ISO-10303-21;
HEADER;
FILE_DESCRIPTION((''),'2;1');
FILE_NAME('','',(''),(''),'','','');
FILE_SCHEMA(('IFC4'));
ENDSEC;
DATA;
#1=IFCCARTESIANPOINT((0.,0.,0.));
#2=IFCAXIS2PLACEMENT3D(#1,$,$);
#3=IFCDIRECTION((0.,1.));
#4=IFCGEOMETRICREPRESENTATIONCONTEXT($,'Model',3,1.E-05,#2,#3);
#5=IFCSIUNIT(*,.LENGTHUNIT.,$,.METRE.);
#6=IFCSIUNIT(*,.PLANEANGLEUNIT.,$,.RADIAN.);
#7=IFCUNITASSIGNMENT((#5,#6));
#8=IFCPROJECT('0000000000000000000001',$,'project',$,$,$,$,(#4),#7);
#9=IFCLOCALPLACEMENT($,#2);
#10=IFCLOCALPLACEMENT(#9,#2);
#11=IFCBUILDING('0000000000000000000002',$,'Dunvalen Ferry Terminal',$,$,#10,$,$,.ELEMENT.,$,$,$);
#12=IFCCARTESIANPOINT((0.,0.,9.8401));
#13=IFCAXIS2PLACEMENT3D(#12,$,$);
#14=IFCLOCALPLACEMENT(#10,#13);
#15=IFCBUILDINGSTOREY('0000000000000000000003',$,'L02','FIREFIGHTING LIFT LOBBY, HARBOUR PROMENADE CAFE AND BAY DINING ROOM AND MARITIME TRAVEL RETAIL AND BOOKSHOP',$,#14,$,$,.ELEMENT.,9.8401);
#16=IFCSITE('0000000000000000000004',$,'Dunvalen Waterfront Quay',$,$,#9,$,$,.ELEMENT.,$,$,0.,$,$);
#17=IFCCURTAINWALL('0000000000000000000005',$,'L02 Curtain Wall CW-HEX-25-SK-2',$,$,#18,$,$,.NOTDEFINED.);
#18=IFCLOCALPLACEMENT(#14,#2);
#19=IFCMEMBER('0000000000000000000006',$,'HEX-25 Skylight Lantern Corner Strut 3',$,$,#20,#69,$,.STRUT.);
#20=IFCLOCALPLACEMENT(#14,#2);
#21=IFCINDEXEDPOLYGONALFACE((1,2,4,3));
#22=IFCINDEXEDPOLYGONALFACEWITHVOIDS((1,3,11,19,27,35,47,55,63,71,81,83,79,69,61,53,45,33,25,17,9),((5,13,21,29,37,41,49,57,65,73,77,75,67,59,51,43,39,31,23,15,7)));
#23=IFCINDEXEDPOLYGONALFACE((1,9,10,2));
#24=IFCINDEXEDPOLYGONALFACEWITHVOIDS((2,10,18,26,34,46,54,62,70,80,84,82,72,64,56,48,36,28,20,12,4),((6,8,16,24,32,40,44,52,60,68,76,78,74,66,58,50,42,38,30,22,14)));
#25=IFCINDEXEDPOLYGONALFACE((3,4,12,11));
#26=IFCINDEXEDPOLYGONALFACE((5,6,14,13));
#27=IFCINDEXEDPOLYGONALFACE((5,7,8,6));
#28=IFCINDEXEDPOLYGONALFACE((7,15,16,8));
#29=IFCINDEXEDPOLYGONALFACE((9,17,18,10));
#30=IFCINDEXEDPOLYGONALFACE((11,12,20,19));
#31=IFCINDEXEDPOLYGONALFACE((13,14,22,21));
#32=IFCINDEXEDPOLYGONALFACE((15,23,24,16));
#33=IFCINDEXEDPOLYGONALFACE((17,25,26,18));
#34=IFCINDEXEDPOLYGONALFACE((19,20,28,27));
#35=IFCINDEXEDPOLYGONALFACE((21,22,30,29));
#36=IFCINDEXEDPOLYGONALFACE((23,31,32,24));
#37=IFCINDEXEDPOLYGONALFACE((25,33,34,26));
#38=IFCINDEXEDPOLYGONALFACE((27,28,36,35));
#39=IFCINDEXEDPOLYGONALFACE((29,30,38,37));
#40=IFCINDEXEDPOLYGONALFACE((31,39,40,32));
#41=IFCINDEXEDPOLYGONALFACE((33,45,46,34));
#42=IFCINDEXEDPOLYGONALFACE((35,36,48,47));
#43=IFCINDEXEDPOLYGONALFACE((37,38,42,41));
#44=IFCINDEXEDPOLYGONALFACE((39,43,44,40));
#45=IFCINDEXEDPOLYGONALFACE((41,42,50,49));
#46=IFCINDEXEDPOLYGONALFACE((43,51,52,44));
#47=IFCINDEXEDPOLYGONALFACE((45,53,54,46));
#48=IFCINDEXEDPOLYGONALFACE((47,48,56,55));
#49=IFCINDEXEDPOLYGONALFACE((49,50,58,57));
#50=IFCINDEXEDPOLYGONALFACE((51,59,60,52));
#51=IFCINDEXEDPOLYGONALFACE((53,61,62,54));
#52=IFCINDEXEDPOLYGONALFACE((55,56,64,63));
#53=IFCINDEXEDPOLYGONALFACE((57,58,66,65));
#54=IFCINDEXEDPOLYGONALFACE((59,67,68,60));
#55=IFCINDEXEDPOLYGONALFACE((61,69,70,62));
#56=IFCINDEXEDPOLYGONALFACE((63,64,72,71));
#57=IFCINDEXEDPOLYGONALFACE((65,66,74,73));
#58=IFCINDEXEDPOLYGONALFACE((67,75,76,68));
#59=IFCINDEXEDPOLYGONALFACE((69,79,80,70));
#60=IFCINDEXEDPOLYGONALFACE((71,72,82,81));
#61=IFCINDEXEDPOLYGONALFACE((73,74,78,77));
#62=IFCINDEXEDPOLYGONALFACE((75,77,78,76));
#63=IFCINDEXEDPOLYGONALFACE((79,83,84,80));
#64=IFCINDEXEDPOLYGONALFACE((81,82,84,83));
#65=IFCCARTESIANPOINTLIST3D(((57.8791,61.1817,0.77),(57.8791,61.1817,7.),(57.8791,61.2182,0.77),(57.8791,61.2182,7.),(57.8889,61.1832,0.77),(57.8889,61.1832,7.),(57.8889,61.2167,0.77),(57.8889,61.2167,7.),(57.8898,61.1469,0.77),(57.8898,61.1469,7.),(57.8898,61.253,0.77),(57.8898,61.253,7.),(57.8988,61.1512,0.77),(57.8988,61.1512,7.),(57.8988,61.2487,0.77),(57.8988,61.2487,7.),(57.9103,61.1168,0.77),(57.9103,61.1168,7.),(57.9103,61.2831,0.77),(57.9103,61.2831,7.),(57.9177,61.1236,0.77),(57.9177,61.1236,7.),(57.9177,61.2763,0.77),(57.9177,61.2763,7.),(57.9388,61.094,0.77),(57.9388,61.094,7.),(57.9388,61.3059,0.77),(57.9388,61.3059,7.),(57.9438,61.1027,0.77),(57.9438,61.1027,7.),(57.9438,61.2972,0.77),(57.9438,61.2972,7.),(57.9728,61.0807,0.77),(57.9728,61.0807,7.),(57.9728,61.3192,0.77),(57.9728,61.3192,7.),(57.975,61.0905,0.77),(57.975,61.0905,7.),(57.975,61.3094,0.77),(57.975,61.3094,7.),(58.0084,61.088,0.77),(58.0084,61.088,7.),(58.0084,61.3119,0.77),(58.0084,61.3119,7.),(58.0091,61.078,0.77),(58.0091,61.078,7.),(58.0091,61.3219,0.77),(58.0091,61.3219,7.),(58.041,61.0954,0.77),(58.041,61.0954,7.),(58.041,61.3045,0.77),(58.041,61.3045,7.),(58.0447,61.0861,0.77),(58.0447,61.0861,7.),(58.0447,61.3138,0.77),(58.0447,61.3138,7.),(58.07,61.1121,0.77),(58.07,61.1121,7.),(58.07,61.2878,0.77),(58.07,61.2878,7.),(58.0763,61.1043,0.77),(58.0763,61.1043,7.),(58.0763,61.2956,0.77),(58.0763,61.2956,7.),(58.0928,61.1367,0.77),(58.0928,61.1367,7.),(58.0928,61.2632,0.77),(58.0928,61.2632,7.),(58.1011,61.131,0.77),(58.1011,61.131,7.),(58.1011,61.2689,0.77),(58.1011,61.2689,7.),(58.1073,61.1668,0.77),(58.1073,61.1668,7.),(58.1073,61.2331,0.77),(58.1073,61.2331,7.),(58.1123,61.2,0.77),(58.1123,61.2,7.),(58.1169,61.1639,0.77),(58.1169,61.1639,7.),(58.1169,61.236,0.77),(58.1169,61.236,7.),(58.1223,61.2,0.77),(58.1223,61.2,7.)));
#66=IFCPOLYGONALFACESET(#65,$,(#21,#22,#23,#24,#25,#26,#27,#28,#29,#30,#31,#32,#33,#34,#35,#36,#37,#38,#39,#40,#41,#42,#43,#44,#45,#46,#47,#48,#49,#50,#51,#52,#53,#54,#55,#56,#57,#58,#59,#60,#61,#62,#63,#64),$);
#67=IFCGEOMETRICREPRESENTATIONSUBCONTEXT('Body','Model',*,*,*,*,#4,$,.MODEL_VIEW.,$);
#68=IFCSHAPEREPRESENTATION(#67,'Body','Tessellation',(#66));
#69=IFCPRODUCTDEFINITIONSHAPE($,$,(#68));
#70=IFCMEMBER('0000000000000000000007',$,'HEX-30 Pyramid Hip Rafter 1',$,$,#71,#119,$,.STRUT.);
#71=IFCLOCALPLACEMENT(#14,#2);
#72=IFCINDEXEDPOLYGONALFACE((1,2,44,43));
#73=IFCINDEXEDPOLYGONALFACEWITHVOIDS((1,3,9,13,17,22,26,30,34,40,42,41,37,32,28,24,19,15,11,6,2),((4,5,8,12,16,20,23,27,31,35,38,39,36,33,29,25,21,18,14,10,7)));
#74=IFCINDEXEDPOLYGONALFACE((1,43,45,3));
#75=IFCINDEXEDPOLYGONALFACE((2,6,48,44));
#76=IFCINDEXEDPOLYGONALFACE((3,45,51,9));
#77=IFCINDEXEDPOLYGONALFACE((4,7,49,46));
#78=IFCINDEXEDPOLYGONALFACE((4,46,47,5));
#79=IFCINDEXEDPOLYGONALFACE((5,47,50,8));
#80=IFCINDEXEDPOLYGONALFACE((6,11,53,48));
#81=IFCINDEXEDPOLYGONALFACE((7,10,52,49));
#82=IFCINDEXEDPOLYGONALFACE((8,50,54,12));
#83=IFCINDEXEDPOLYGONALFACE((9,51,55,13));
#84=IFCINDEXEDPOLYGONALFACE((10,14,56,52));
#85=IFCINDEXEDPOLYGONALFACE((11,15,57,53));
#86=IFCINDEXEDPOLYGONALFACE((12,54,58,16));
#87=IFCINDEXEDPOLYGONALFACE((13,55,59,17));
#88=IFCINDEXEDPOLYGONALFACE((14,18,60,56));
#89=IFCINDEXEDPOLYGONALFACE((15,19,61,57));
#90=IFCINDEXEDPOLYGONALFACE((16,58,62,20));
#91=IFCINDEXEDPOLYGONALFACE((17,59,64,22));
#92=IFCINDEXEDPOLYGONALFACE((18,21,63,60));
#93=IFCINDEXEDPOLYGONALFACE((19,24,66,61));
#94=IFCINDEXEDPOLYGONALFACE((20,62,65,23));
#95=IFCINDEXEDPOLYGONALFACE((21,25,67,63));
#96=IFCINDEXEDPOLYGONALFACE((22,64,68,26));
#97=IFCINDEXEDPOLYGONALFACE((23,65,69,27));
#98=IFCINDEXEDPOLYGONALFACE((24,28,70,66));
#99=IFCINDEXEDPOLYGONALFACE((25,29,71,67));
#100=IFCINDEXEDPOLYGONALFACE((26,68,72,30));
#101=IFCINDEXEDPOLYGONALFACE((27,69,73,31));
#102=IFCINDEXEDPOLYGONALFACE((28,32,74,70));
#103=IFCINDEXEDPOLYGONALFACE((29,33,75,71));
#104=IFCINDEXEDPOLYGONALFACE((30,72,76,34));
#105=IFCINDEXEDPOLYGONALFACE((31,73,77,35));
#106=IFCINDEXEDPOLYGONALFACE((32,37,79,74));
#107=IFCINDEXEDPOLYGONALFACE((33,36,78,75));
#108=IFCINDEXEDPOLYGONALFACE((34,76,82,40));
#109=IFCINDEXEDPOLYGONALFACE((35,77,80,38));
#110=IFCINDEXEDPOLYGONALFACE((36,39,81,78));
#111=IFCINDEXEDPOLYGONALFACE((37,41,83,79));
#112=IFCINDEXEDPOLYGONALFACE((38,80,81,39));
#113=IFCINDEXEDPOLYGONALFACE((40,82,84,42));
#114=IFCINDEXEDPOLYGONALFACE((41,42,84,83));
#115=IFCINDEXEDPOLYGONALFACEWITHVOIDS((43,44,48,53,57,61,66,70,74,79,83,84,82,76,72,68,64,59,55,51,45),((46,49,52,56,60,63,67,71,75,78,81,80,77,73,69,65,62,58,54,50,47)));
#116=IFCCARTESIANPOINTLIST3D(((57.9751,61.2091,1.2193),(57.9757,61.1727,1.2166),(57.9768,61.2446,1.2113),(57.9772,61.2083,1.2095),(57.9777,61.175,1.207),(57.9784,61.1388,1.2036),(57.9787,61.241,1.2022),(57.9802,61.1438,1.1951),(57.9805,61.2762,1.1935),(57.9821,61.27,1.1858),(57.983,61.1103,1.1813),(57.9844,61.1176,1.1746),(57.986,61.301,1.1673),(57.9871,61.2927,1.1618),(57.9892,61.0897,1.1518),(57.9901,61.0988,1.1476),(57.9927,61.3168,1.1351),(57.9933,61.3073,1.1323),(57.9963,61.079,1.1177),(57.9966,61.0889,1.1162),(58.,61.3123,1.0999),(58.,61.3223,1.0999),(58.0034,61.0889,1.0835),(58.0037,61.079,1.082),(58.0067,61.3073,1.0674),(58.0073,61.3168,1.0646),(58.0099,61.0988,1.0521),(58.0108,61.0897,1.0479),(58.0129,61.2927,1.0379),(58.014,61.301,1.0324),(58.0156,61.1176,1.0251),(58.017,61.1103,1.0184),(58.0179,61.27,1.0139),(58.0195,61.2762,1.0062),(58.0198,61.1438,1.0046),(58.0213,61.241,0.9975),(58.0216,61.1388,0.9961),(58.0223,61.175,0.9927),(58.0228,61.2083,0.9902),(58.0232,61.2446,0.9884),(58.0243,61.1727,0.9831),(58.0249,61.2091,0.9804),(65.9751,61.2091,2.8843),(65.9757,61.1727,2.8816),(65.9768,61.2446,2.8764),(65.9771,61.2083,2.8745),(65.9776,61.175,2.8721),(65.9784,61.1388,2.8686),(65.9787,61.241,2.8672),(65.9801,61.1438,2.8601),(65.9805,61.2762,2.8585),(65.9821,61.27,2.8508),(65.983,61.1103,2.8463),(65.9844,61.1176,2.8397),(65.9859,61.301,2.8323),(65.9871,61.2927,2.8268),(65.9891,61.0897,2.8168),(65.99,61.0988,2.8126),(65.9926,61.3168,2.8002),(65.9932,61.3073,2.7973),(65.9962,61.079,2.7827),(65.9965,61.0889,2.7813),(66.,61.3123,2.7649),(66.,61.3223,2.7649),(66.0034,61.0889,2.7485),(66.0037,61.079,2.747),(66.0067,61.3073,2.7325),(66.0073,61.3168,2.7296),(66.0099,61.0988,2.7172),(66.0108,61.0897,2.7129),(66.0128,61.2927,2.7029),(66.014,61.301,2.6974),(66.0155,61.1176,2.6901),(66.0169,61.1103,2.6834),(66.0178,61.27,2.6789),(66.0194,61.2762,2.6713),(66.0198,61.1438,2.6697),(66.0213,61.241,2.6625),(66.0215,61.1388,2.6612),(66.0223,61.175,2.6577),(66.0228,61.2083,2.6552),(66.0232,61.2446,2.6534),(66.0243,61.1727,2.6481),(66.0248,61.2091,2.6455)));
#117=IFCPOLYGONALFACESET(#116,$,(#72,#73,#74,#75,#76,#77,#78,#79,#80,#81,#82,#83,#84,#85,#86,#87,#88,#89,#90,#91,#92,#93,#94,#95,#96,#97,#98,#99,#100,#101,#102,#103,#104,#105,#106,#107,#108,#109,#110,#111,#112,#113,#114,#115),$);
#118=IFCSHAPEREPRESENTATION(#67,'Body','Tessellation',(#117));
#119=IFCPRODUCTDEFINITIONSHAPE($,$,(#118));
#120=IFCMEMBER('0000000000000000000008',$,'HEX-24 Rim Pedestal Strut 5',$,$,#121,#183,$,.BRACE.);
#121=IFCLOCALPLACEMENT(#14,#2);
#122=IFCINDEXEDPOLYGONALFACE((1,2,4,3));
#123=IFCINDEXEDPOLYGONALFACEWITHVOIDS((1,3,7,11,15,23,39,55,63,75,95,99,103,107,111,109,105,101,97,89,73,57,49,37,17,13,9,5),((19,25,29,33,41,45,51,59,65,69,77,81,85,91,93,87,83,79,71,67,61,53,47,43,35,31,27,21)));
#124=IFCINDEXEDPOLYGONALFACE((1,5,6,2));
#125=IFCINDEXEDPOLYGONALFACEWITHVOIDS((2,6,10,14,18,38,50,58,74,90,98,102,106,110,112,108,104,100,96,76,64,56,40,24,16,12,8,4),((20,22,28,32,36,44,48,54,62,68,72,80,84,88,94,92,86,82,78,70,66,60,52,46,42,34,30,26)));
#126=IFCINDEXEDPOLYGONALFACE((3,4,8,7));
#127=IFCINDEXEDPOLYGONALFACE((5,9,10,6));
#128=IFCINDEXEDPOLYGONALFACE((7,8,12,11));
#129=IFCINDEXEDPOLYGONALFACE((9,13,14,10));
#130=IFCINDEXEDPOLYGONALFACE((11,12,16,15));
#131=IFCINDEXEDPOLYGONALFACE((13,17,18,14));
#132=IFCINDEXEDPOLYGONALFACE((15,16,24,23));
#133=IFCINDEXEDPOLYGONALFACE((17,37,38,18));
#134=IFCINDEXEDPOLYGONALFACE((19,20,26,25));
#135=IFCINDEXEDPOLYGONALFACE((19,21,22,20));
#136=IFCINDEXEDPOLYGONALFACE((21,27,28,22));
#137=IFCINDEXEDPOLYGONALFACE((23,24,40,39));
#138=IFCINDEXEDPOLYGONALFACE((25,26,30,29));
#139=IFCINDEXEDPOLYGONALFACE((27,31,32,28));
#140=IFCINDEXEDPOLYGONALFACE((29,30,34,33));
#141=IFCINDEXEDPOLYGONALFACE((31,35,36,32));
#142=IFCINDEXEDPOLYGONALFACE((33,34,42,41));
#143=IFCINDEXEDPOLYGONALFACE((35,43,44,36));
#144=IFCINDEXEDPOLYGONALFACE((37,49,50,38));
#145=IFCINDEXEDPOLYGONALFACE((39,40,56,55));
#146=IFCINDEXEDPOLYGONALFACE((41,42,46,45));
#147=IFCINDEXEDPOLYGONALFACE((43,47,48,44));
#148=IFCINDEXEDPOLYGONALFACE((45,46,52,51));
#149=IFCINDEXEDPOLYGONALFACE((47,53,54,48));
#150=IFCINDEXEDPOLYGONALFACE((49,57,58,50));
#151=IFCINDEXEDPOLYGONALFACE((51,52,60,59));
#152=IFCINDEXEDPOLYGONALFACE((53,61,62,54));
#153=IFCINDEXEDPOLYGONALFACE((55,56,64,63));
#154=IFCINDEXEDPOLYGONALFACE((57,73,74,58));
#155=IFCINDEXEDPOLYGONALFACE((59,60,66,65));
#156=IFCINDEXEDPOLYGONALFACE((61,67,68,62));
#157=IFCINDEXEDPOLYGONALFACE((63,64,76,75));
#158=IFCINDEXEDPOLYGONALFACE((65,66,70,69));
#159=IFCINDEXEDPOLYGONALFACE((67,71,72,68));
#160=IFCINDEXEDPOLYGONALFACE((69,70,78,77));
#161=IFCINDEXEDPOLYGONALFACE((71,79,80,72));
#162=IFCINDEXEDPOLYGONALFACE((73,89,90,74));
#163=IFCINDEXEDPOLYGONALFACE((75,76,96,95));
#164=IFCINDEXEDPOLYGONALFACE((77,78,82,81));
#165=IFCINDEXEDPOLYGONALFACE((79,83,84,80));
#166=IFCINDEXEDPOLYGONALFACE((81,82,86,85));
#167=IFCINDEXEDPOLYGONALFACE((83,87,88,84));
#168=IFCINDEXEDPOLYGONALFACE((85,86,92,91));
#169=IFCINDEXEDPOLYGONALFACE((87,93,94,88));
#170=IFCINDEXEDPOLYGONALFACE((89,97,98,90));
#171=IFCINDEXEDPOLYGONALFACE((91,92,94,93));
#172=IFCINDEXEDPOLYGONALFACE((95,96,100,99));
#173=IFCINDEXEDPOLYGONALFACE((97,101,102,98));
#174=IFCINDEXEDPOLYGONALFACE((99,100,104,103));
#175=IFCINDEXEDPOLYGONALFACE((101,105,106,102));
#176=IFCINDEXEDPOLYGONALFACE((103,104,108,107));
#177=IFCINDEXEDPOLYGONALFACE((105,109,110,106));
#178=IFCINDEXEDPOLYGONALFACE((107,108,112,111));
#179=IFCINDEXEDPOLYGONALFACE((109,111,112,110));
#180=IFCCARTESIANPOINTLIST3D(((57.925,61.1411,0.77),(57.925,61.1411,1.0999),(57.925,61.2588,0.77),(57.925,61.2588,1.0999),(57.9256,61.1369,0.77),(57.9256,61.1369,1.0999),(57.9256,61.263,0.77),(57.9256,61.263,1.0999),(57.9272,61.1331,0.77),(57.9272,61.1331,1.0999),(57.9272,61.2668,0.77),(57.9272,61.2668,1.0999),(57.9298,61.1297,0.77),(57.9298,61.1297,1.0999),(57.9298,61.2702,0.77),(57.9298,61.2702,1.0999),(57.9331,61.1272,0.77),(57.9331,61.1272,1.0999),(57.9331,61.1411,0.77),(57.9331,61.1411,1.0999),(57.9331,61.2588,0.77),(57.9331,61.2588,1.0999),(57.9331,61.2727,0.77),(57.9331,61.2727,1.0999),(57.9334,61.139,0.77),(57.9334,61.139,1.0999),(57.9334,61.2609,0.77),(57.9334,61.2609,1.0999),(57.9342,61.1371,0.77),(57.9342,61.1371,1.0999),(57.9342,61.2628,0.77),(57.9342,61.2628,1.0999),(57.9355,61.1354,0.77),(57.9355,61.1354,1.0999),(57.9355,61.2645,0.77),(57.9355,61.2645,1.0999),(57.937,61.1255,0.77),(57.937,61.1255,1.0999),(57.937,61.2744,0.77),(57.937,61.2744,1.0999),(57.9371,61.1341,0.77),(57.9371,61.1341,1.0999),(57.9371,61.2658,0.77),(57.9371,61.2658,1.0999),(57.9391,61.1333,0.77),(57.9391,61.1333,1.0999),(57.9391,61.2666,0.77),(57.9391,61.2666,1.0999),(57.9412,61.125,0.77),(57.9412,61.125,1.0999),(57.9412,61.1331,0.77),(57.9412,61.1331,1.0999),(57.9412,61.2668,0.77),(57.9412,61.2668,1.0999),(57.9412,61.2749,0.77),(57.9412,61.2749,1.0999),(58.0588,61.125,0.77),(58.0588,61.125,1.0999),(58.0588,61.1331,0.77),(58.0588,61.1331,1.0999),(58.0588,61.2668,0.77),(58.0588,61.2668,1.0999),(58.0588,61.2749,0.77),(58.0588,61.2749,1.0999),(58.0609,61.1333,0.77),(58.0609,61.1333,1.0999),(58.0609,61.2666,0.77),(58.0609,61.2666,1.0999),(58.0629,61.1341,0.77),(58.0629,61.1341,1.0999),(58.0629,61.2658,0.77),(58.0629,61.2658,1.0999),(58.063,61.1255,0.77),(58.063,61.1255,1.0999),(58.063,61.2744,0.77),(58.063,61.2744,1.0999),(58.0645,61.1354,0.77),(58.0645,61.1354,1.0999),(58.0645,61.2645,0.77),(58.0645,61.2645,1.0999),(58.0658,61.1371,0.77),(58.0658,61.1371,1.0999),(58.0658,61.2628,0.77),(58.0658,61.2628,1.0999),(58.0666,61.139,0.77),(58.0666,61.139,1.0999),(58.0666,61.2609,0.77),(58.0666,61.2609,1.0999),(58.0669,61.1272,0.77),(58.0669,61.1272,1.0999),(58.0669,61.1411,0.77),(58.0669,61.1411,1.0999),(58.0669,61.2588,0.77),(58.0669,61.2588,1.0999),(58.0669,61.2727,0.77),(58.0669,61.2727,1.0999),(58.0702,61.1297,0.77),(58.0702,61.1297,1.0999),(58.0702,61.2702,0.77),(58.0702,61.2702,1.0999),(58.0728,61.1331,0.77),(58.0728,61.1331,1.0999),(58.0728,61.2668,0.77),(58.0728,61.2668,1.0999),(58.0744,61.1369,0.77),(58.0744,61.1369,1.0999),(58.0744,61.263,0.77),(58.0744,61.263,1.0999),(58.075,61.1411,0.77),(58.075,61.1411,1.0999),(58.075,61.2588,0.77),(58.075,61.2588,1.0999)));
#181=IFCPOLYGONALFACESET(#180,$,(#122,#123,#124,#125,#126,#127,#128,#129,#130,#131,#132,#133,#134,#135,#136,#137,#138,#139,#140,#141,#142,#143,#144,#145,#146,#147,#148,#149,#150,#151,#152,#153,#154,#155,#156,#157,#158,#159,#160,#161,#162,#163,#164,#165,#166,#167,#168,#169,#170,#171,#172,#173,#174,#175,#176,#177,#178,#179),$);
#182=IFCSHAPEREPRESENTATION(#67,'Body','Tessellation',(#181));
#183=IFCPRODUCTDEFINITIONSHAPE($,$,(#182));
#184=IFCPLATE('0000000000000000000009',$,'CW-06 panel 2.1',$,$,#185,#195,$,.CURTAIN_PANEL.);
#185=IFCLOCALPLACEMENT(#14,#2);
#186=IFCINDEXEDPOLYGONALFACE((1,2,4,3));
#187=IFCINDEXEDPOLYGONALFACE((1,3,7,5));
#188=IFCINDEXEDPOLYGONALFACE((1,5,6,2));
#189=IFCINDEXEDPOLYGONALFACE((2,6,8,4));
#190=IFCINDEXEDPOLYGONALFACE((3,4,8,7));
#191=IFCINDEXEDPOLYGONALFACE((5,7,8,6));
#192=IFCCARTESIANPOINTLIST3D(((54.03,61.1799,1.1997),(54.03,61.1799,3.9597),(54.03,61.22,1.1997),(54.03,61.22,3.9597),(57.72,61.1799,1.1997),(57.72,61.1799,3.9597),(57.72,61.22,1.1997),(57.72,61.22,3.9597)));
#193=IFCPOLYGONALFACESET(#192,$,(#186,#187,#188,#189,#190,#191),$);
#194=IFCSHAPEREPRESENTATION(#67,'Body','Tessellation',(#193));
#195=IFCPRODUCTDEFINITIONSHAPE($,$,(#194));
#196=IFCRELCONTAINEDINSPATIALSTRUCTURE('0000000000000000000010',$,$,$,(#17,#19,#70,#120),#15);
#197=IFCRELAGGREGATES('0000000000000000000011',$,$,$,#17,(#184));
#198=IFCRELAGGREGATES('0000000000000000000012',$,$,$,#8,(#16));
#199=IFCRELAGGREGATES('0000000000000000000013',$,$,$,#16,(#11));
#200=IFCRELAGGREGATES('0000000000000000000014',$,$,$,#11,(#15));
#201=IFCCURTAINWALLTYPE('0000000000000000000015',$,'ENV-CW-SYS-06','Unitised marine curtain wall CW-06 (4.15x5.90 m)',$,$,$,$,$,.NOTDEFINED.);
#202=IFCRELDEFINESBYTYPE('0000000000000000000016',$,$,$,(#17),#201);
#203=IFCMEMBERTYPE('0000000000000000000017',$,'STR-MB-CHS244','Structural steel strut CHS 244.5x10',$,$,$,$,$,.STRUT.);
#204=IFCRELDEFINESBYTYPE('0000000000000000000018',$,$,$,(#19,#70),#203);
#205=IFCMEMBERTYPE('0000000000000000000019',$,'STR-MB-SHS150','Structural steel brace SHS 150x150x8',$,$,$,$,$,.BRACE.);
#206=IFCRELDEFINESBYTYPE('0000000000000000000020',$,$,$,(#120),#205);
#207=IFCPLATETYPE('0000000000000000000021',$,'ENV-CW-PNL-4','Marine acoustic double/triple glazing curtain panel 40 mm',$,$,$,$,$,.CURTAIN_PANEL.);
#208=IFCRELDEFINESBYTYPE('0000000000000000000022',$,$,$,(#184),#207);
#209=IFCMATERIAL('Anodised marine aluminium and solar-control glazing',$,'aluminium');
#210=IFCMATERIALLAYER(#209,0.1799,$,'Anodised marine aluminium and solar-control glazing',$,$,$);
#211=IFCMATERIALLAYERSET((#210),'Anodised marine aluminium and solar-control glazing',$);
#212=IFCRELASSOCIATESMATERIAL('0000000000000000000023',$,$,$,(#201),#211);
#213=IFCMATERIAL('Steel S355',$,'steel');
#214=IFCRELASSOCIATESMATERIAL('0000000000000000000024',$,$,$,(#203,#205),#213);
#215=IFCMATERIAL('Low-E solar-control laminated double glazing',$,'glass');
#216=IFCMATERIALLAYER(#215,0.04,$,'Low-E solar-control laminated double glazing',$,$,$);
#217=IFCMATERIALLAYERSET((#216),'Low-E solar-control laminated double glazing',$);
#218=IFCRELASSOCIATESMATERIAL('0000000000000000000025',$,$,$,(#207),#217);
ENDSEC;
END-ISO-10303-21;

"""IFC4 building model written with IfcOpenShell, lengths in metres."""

from ifc_helpers import new_model, si_unit, direction, frame, origin, origin_2d, place, context, subcontext, project, spatial, rectangle, hollow_rectangle, hollow_circle, extrude, material, layer, layer_set, material_profile, profile_set, type_object, element, aggregate, save


model = new_model("IFC4")

# Units and contexts
model_context = context("Model", 3, precision=1e-05, world=origin(), true_north=direction((0.0, 1.0)))
body_context = subcontext(model_context, "Body", "Model", "MODEL_VIEW")
ifc_project = project(units=[si_unit("LENGTHUNIT", "METRE"), si_unit("PLANEANGLEUNIT", "RADIAN")], contexts=[model_context])

# Site, building, storey
site_placement = place(None, origin())
site = spatial("IfcSite", under=ifc_project, at=site_placement, Name="Dunvalen Waterfront Quay", CompositionType="ELEMENT", RefElevation=0.0)
building_placement = place(site_placement, origin())
building = spatial("IfcBuilding", under=site, at=building_placement, Name="Dunvalen Ferry Terminal", CompositionType="ELEMENT")
storey_placement = place(building_placement, frame((0.0, 0.0, 9.8401)))
storey = spatial("IfcBuildingStorey", under=building, at=storey_placement, Name="L02", Description="FIREFIGHTING LIFT LOBBY, HARBOUR PROMENADE CAFE AND BAY DINING ROOM AND MARITIME TRAVEL RETAIL AND BOOKSHOP", CompositionType="ELEMENT", Elevation=9.8401)

# Curtain wall
ifc_material_1 = material(Name="Anodised marine aluminium and solar-control glazing", Category="aluminium")
ifc_layer_1 = layer(ifc_material_1, 0.1799, Name="Anodised marine aluminium and solar-control glazing")
ifc_layer_set_1 = layer_set([ifc_layer_1], Name="Anodised marine aluminium and solar-control glazing")
curtain_wall_type_1 = type_object("IfcCurtainWallType", Name="ENV-CW-SYS-06", Description="Unitised marine curtain wall CW-06 (4.15x5.90 m)", PredefinedType="NOTDEFINED", material=ifc_layer_set_1)
curtain_wall_1_placement = place(storey_placement, origin())
curtain_wall_1 = element("IfcCurtainWall", 1, at=curtain_wall_1_placement, inside=storey, type_object=curtain_wall_type_1, Name="L02 Curtain Wall CW-HEX-25-SK-2", PredefinedType="NOTDEFINED")

# Shared definitions
ifc_material_2 = material(Name="Steel S355", Category="steel")

# Members
ifc_material_profile_1 = material_profile(ifc_material_2, hollow_circle(Radius=0.1223, WallThickness=0.01, at=origin_2d()), Name="Steel S355")
ifc_profile_set_1 = profile_set([ifc_material_profile_1], Name="Steel S355")
member_type_1 = type_object("IfcMemberType", Name="STR-MB-CHS244", Description="Structural steel strut CHS 244.5x10", PredefinedType="STRUT", material=ifc_profile_set_1)
member_1_placement = place(storey_placement, frame((58.0, 61.2, 0.77), z_axis=(0.0, 0.0, 1.0), x_axis=(1.0, 0.0, 0.0)))
element("IfcMember", 2, at=member_1_placement, inside=storey, type_object=member_type_1, Name="HEX-25 Skylight Lantern Corner Strut 3", PredefinedType="STRUT", context=body_context, shape_type="SweptSolid", body=[
    extrude(hollow_circle(Radius=0.1223, WallThickness=0.01, at=origin_2d()), origin(), (0.0, 0.0, 1.0), 6.23),
])
member_2_placement = place(storey_placement, frame((58.0, 61.2, 1.0999), z_axis=(0.97902, 0.0, 0.203763), x_axis=(0.0, 1.0, 0.0)))
element("IfcMember", 3, at=member_2_placement, inside=storey, type_object=member_type_1, Name="HEX-30 Pyramid Hip Rafter 1", PredefinedType="STRUT", context=body_context, shape_type="SweptSolid", body=[
    extrude(hollow_circle(Radius=0.1223, WallThickness=0.01, at=origin_2d()), origin(), (0.0, 0.0, 1.0), 8.1714),
])
ifc_material_profile_2 = material_profile(ifc_material_2, hollow_rectangle(XDim=0.1499, YDim=0.1499, WallThickness=0.0081, InnerFilletRadius=0.0081, OuterFilletRadius=0.0161, at=origin_2d()), Name="Steel S355")
ifc_profile_set_2 = profile_set([ifc_material_profile_2], Name="Steel S355")
member_type_2 = type_object("IfcMemberType", Name="STR-MB-SHS150", Description="Structural steel brace SHS 150x150x8", PredefinedType="BRACE", material=ifc_profile_set_2)
member_3_placement = place(storey_placement, frame((58.0, 61.2, 0.77), z_axis=(0.0, 0.0, 1.0), x_axis=(1.0, 0.0, 0.0)))
element("IfcMember", 4, at=member_3_placement, inside=storey, type_object=member_type_2, Name="HEX-24 Rim Pedestal Strut 5", PredefinedType="BRACE", context=body_context, shape_type="SweptSolid", body=[
    extrude(hollow_rectangle(XDim=0.1499, YDim=0.1499, WallThickness=0.0081, InnerFilletRadius=0.0081, OuterFilletRadius=0.0161, at=origin_2d()), origin(), (0.0, 0.0, 1.0), 0.3298),
])

# Plate
ifc_material_3 = material(Name="Low-E solar-control laminated double glazing", Category="glass")
ifc_layer_2 = layer(ifc_material_3, 0.04, Name="Low-E solar-control laminated double glazing")
ifc_layer_set_2 = layer_set([ifc_layer_2], Name="Low-E solar-control laminated double glazing")
plate_type_1 = type_object("IfcPlateType", Name="ENV-CW-PNL-4", Description="Marine acoustic double/triple glazing curtain panel 40 mm", PredefinedType="CURTAIN_PANEL", material=ifc_layer_set_2)
plate_1_placement = place(storey_placement, frame((55.875, 61.2, 1.1997), z_axis=(0.0, 0.0, 1.0), x_axis=(1.0, 0.0, 0.0)))
plate_1 = element("IfcPlate", 5, at=plate_1_placement, type_object=plate_type_1, Name="CW-06 panel 2.1", PredefinedType="CURTAIN_PANEL", context=body_context, shape_type="SweptSolid", body=[
    extrude(rectangle(XDim=3.6899, YDim=0.04, at=origin_2d()), origin(), (0.0, 0.0, 1.0), 2.76),
])
aggregate(curtain_wall_1, [plate_1])

save(model, "model.ifc")
